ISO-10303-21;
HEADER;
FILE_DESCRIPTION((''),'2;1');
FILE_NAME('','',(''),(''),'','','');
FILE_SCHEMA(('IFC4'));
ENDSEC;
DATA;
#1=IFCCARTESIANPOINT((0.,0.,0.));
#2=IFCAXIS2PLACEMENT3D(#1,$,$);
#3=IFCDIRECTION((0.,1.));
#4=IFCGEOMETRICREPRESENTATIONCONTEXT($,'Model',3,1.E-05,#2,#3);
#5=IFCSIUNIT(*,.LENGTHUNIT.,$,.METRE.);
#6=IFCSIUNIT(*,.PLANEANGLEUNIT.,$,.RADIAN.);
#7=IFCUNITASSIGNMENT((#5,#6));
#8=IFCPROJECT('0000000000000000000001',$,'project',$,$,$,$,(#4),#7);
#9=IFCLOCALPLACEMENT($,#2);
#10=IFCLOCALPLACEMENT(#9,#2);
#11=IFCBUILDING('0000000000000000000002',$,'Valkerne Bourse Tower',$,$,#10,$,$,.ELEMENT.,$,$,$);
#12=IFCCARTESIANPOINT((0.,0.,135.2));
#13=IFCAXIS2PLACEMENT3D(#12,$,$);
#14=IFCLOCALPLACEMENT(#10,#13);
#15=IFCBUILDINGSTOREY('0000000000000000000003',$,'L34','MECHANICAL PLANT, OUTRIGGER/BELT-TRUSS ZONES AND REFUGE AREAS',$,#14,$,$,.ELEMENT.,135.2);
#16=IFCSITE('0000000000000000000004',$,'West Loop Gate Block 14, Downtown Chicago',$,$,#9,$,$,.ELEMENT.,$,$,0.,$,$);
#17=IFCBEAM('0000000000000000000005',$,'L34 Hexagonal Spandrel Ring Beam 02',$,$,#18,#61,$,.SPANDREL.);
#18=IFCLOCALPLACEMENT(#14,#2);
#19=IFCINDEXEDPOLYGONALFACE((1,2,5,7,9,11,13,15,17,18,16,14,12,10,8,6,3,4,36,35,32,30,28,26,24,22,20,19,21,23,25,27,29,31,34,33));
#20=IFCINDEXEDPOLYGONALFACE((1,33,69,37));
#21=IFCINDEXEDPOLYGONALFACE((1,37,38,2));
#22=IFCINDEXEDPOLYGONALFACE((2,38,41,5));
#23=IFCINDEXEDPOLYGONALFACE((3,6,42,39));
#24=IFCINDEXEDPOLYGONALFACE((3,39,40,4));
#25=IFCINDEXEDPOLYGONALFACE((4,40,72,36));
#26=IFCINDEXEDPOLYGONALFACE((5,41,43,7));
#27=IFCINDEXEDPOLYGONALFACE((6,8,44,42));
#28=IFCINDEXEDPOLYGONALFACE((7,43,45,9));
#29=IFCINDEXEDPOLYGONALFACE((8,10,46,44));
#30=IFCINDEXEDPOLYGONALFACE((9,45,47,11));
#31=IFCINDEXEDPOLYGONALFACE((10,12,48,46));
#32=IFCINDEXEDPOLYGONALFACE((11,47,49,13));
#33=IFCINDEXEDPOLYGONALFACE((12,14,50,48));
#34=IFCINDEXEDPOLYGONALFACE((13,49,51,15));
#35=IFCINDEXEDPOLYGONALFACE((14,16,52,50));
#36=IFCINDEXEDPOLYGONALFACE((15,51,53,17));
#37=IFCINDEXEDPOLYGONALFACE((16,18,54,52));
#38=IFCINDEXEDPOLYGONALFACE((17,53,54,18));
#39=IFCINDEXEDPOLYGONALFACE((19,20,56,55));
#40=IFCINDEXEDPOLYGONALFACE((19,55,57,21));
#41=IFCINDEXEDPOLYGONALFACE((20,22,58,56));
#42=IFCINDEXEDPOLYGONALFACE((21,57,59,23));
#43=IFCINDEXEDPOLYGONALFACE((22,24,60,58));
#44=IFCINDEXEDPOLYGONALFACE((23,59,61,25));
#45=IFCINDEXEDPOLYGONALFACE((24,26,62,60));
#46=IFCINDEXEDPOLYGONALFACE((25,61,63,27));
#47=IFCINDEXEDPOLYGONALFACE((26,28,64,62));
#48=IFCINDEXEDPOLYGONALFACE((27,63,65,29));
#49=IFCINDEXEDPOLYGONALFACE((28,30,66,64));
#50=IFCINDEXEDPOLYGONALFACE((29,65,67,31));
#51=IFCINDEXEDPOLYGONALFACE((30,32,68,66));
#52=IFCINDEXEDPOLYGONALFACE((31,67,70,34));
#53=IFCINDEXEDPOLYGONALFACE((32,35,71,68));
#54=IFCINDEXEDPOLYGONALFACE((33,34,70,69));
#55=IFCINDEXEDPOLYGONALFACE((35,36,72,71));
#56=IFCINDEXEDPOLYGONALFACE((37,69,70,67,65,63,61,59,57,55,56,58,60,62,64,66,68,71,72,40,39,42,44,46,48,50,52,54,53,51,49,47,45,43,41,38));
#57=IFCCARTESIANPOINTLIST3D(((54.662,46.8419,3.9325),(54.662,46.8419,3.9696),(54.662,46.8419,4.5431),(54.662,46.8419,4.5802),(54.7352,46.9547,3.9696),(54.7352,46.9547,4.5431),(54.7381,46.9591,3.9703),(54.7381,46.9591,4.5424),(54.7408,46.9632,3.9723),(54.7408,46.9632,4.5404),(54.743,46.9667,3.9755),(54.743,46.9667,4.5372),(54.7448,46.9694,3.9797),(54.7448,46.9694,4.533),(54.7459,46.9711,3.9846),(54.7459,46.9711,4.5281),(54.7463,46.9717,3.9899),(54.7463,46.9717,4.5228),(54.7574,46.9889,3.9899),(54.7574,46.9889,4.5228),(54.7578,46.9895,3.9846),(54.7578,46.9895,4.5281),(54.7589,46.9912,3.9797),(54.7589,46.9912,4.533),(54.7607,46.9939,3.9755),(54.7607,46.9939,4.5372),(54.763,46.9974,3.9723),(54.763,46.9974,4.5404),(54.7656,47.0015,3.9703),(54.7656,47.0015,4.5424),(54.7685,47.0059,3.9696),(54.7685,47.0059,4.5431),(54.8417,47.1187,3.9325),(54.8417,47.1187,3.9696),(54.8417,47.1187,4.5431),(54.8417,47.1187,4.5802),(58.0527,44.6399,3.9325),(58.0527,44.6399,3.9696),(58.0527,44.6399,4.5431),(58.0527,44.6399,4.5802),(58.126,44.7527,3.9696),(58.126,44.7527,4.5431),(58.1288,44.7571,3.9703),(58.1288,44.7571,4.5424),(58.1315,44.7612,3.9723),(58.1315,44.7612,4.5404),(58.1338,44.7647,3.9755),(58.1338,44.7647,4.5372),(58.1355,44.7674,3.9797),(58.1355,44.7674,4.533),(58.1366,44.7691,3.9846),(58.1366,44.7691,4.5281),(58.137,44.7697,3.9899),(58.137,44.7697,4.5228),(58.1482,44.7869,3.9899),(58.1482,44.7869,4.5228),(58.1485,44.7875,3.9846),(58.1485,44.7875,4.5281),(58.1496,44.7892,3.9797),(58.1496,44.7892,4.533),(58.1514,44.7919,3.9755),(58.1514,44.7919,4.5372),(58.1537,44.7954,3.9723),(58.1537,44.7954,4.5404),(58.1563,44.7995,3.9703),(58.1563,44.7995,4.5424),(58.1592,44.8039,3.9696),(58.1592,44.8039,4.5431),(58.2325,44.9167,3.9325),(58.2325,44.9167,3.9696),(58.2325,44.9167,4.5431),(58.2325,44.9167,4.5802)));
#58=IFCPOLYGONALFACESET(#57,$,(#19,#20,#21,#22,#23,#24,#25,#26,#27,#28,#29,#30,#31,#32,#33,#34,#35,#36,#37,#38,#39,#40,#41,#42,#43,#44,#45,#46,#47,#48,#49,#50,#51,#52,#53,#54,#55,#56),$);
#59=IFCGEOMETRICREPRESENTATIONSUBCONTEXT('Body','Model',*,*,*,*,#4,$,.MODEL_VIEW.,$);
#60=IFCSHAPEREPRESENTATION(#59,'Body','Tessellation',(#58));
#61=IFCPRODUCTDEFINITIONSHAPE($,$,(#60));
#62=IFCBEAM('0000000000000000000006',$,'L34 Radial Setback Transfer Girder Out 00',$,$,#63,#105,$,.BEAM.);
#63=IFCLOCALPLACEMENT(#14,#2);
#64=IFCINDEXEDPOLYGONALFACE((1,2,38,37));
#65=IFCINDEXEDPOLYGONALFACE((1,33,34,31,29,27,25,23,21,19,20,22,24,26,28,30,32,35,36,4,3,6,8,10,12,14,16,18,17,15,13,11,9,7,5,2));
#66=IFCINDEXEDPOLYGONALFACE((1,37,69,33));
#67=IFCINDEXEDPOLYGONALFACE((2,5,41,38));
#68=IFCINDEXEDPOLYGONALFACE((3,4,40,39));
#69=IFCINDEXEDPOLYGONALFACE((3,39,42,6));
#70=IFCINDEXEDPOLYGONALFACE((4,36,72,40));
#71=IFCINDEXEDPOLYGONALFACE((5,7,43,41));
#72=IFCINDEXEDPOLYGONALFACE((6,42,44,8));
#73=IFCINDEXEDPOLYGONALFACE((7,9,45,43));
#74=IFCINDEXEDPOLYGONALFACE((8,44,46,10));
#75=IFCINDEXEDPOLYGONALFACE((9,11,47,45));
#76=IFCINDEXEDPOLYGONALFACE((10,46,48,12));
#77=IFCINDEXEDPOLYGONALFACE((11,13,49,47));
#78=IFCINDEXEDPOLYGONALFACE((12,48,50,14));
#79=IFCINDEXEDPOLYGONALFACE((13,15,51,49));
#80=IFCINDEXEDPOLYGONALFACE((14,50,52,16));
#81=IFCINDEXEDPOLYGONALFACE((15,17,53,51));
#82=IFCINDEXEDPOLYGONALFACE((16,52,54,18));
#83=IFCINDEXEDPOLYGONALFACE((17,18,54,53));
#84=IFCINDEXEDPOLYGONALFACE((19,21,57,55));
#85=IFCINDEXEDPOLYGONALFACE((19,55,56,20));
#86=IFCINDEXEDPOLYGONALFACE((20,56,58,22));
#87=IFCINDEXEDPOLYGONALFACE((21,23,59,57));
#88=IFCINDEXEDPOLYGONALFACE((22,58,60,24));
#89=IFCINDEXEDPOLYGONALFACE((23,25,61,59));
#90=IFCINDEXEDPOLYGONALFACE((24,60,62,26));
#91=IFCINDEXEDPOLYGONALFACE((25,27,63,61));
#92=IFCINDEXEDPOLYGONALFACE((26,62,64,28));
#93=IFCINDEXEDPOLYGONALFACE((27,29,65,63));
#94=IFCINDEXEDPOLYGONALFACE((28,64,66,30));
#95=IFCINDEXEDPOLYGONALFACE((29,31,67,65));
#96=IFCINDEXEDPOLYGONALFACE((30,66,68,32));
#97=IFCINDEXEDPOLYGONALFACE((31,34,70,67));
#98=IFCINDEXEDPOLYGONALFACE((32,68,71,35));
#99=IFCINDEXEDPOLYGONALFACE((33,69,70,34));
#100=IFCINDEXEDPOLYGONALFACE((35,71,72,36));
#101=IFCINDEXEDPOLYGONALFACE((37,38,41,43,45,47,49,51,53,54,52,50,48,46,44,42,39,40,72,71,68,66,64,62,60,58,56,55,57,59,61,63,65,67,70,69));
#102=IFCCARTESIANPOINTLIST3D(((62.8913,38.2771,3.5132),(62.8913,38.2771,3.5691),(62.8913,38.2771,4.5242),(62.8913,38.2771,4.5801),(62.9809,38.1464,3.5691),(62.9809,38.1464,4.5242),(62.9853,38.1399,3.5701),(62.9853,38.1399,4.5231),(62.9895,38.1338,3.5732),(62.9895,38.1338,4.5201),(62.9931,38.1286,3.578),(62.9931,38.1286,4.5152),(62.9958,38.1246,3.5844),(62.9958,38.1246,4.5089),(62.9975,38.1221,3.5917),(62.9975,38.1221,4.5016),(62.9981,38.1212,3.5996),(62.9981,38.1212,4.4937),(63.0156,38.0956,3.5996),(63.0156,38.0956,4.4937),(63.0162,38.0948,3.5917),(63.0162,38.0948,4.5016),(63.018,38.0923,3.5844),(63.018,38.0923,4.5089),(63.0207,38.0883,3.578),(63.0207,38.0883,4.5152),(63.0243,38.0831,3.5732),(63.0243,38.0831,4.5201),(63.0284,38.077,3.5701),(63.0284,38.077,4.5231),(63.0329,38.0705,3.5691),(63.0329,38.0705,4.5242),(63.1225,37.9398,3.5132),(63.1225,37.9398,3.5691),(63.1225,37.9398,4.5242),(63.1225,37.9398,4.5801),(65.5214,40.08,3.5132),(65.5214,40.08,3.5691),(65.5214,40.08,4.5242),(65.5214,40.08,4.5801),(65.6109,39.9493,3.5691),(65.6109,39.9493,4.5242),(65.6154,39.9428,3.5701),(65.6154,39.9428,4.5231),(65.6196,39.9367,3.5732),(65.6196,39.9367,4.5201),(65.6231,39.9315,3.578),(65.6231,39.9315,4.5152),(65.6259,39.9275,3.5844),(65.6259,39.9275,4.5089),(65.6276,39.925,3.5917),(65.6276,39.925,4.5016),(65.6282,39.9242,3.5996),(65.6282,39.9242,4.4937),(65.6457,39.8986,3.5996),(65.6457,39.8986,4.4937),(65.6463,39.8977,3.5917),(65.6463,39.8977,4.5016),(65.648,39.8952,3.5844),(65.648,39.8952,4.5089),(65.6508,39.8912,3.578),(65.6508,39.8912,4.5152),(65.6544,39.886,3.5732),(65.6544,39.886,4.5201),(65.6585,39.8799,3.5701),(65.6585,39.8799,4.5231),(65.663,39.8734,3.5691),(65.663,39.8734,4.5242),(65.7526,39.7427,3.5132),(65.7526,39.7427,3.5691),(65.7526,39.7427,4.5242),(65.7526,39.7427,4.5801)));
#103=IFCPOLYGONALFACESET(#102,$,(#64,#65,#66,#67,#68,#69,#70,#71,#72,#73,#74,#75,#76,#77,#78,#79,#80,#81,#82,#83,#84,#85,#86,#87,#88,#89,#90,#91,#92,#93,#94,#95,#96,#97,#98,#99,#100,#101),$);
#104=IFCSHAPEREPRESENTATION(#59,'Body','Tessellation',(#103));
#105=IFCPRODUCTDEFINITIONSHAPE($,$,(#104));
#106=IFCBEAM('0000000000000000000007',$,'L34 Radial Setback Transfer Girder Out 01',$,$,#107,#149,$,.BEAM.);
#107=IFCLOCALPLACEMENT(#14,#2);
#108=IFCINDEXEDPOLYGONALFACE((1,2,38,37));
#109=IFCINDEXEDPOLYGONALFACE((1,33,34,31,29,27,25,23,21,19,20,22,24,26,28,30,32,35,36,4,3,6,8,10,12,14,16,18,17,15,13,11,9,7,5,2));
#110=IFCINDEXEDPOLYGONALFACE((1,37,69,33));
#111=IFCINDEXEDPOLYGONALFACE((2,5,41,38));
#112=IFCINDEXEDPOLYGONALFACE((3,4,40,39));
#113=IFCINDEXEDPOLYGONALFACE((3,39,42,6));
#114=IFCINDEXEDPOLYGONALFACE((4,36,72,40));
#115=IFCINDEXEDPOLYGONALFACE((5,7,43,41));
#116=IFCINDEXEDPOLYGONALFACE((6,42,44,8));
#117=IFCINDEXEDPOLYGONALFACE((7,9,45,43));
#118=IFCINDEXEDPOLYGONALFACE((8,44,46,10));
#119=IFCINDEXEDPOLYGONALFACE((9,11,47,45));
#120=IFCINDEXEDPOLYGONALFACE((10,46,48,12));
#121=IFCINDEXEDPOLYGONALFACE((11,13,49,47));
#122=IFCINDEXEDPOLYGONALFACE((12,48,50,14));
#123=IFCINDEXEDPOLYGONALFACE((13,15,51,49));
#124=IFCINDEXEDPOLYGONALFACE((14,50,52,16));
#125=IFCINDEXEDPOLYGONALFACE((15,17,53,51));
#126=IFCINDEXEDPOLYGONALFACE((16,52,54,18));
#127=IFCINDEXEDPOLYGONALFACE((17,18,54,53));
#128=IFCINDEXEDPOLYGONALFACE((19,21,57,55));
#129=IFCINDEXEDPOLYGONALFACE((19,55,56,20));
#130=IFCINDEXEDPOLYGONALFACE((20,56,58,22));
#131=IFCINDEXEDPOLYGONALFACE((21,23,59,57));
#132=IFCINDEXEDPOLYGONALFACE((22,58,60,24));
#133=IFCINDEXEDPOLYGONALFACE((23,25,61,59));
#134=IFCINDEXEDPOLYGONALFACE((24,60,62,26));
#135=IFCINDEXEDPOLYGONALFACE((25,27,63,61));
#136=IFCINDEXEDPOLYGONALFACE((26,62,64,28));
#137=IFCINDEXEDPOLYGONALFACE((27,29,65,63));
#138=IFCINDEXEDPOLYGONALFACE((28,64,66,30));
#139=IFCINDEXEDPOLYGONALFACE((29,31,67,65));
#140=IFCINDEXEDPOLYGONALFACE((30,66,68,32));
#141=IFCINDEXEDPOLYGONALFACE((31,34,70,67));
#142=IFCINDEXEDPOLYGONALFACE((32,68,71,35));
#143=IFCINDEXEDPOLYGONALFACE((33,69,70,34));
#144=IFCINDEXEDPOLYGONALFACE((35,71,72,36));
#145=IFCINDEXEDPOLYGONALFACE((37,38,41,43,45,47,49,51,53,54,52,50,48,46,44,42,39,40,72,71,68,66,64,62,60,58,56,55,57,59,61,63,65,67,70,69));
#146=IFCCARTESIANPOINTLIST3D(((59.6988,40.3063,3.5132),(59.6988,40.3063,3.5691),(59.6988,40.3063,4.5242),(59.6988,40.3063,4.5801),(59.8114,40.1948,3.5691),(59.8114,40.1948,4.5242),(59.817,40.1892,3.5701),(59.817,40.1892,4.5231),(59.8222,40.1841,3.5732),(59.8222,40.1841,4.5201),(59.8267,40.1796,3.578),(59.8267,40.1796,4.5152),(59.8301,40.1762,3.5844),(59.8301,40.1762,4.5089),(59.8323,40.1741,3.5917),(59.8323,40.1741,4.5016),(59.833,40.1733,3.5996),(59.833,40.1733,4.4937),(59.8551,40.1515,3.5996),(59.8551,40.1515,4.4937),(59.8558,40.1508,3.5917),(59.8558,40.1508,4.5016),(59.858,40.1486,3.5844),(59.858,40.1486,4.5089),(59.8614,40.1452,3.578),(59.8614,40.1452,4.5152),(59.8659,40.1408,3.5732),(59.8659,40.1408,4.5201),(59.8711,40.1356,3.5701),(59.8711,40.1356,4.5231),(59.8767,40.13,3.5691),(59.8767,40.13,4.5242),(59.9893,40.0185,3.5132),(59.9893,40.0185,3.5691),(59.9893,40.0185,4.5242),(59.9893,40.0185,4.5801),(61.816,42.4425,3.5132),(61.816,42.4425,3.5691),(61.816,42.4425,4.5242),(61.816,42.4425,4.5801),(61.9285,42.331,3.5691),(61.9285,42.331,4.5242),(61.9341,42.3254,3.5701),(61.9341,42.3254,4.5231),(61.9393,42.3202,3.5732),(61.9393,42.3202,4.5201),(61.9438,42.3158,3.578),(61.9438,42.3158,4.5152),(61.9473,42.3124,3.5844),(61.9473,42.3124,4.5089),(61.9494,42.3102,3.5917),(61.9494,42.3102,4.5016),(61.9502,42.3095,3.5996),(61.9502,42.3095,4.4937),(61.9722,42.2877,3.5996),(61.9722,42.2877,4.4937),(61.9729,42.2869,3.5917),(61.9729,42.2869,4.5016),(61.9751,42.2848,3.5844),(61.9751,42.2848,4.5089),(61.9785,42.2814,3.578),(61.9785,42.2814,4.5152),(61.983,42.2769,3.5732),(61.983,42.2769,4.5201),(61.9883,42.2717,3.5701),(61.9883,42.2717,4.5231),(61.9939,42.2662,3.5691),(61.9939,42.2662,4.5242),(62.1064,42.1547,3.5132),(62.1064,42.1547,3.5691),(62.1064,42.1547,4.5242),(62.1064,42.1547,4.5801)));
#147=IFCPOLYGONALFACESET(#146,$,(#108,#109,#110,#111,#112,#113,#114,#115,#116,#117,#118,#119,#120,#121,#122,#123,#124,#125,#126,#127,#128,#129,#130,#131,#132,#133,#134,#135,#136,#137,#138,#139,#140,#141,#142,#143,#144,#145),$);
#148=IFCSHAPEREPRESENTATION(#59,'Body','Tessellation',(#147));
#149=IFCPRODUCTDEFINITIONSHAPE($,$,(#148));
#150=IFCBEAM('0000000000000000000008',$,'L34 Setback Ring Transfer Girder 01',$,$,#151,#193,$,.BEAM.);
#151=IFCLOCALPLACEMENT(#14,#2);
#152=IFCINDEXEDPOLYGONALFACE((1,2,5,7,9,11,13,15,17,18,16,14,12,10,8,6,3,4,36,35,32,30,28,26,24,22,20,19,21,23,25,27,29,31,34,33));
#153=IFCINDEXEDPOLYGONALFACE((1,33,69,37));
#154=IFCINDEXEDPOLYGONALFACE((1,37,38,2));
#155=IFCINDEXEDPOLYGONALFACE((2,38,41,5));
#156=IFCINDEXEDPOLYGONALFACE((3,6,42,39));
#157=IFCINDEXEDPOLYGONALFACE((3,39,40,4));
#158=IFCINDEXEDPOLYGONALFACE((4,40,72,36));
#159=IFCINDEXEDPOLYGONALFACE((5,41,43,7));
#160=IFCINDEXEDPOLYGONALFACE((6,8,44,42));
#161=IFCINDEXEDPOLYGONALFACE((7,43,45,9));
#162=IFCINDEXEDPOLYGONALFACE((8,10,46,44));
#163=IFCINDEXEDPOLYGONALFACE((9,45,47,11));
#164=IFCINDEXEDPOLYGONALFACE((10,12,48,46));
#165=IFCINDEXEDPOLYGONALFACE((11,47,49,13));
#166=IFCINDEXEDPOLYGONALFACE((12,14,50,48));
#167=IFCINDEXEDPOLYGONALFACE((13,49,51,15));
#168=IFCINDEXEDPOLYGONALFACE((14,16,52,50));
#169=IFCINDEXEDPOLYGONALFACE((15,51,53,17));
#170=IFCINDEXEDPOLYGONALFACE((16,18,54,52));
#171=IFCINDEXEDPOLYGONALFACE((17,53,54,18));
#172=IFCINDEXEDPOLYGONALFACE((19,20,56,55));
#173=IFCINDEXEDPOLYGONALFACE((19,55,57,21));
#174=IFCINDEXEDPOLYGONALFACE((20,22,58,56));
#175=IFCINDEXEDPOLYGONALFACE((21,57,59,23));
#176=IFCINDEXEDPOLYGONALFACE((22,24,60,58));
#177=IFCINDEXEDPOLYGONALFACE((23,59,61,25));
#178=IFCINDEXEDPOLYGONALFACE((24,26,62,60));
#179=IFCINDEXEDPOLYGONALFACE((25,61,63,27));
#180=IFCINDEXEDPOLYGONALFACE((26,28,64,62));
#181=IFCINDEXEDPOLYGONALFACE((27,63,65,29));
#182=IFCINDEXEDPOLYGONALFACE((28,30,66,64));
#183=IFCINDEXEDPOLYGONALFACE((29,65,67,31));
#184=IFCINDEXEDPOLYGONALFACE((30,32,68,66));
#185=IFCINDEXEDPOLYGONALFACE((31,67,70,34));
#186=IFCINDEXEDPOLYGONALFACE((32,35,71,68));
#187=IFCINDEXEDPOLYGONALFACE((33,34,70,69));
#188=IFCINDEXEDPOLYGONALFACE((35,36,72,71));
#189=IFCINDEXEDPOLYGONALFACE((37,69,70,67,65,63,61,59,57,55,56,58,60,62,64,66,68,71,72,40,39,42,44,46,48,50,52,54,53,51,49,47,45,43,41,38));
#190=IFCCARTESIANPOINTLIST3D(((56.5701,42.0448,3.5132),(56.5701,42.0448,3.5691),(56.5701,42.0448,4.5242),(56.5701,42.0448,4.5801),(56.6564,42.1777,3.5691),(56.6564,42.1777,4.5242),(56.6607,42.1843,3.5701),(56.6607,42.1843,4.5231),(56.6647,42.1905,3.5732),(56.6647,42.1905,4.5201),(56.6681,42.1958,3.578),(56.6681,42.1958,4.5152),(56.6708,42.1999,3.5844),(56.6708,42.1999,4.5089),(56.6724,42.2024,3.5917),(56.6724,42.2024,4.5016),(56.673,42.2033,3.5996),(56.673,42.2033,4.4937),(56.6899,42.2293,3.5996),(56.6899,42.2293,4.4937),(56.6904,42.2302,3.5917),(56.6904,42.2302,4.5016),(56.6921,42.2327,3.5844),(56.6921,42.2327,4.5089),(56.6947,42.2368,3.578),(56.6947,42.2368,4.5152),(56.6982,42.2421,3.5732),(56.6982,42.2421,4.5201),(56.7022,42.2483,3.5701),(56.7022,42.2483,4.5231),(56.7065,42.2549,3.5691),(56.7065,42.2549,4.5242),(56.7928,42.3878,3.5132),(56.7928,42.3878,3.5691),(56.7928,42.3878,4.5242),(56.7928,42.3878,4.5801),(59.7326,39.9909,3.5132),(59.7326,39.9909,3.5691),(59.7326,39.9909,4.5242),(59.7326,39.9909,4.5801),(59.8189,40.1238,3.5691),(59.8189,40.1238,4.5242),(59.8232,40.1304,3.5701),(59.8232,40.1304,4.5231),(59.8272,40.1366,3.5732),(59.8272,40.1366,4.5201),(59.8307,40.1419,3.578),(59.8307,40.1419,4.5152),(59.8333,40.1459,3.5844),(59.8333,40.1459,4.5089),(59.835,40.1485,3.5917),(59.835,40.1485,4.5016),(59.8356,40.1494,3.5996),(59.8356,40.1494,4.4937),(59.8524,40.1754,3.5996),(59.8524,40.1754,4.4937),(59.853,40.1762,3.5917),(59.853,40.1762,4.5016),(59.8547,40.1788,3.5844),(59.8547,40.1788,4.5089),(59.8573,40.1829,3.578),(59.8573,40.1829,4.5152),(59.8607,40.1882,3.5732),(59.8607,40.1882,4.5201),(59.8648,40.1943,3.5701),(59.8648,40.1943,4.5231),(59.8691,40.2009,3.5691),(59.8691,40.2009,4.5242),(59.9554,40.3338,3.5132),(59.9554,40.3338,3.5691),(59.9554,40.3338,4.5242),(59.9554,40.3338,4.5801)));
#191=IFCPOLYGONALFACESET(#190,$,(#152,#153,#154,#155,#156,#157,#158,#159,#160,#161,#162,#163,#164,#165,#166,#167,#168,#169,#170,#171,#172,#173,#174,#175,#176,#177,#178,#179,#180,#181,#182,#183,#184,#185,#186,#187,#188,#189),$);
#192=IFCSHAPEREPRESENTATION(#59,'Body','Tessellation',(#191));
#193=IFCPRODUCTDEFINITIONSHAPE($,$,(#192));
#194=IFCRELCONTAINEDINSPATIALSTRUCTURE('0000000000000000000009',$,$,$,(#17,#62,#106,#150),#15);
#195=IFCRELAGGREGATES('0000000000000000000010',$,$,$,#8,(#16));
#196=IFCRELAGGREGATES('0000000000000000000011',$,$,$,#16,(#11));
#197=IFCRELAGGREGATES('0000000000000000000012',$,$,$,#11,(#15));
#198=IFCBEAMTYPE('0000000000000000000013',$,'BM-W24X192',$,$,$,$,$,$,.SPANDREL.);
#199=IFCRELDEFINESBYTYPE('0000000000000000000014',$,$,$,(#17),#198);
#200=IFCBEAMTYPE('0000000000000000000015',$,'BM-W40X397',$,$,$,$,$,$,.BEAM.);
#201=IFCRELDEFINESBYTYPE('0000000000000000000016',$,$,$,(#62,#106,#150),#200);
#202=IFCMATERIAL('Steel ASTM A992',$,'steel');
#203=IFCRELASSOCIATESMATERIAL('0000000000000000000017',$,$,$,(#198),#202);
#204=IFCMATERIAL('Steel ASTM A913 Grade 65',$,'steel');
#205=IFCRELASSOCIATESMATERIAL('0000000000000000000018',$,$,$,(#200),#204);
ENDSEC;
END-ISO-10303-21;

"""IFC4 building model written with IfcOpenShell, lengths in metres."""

from ifc_helpers import new_model, si_unit, direction, frame, origin, origin_2d, place, context, subcontext, project, spatial, i_section, extrude, material, material_profile, profile_set, type_object, element, save


model = new_model("IFC4")

# Units and contexts
model_context = context("Model", 3, precision=1e-05, world=origin(), true_north=direction((0.0, 1.0)))
body_context = subcontext(model_context, "Body", "Model", "MODEL_VIEW")
ifc_project = project(units=[si_unit("LENGTHUNIT", "METRE"), si_unit("PLANEANGLEUNIT", "RADIAN")], contexts=[model_context])

# Site, building, storey
site_placement = place(None, origin())
site = spatial("IfcSite", under=ifc_project, at=site_placement, Name="West Loop Gate Block 14, Downtown Chicago", CompositionType="ELEMENT", RefElevation=0.0)
building_placement = place(site_placement, origin())
building = spatial("IfcBuilding", under=site, at=building_placement, Name="Valkerne Bourse Tower", CompositionType="ELEMENT")
storey_placement = place(building_placement, frame((0.0, 0.0, 135.2)))
storey = spatial("IfcBuildingStorey", under=building, at=storey_placement, Name="L34", Description="MECHANICAL PLANT, OUTRIGGER/BELT-TRUSS ZONES AND REFUGE AREAS", CompositionType="ELEMENT", Elevation=135.2)

# Shared definitions
ifc_material_1 = material(Name="Steel ASTM A913 Grade 65", Category="steel")

# Beams
ifc_material_2 = material(Name="Steel ASTM A992", Category="steel")
ifc_material_profile_1 = material_profile(ifc_material_2, i_section(OverallWidth=0.3301, OverallDepth=0.6477, WebThickness=0.0205, FlangeThickness=0.0371, FilletRadius=0.0203, at=origin_2d()), Name="W24X192")
ifc_profile_set_1 = profile_set([ifc_material_profile_1], Name="Steel ASTM A992")
beam_type_1 = type_object("IfcBeamType", Name="BM-W24X192", PredefinedType="SPANDREL", material=ifc_profile_set_1)
for number, where, z_axis, x_axis, name in (
    (1, (58.1426, 44.7783, 4.2563), (-0.83867, 0.54464, 0.0), (-0.54464, -0.83867, 0.0), "L34 Hexagonal Spandrel Ring Beam 02"),
):
    element("IfcBeam", number, at=place(storey_placement, frame(where, z_axis=z_axis, x_axis=x_axis)), inside=storey, type_object=beam_type_1, Name=name, PredefinedType="SPANDREL", context=body_context, shape_type="SweptSolid", body=[
        extrude(i_section(OverallWidth=0.3301, OverallDepth=0.6477, WebThickness=0.0205, FlangeThickness=0.0371, FilletRadius=0.0203, at=origin_2d()), origin(), (0.0, 0.0, 1.0), 4.043),
    ])
ifc_material_profile_2 = material_profile(ifc_material_1, i_section(OverallWidth=0.4089, OverallDepth=1.0669, WebThickness=0.031, FlangeThickness=0.0559, FilletRadius=0.0305, at=origin_2d()), Name="W40X397")
ifc_profile_set_2 = profile_set([ifc_material_profile_2], Name="Steel ASTM A913 Grade 65")
beam_type_2 = type_object("IfcBeamType", Name="BM-W40X397", PredefinedType="BEAM", material=ifc_profile_set_2)
beam_1_placement = place(storey_placement, frame((65.637, 39.9114, 4.0466), z_axis=(-0.824807, -0.565414, 0.0), x_axis=(0.565414, -0.824807, 0.0)))
element("IfcBeam", 2, at=beam_1_placement, inside=storey, type_object=beam_type_2, Name="L34 Radial Setback Transfer Girder Out 00", PredefinedType="BEAM", context=body_context, shape_type="SweptSolid", body=[
    extrude(i_section(OverallWidth=0.4089, OverallDepth=1.0669, WebThickness=0.031, FlangeThickness=0.0559, FilletRadius=0.0305, at=origin_2d()), origin(), (0.0, 0.0, 1.0), 3.1887),
])
beam_2_placement = place(storey_placement, frame((61.9612, 42.2986, 4.0466), z_axis=(-0.703934, -0.710265, 0.0), x_axis=(0.710265, -0.703934, 0.0)))
element("IfcBeam", 3, at=beam_2_placement, inside=storey, type_object=beam_type_2, Name="L34 Radial Setback Transfer Girder Out 01", PredefinedType="BEAM", context=body_context, shape_type="SweptSolid", body=[
    extrude(i_section(OverallWidth=0.4089, OverallDepth=1.0669, WebThickness=0.031, FlangeThickness=0.0559, FilletRadius=0.0305, at=origin_2d()), origin(), (0.0, 0.0, 1.0), 3.0076),
])
beam_3_placement = place(storey_placement, frame((59.844, 40.1624, 4.0466), z_axis=(-0.838654, 0.544665, 0.0), x_axis=(-0.544665, -0.838654, 0.0)))
element("IfcBeam", 4, at=beam_3_placement, inside=storey, type_object=beam_type_2, Name="L34 Setback Ring Transfer Girder 01", PredefinedType="BEAM", context=body_context, shape_type="SweptSolid", body=[
    extrude(i_section(OverallWidth=0.4089, OverallDepth=1.0669, WebThickness=0.031, FlangeThickness=0.0559, FilletRadius=0.0305, at=origin_2d()), origin(), (0.0, 0.0, 1.0), 3.771),
])

save(model, "model.ifc")
